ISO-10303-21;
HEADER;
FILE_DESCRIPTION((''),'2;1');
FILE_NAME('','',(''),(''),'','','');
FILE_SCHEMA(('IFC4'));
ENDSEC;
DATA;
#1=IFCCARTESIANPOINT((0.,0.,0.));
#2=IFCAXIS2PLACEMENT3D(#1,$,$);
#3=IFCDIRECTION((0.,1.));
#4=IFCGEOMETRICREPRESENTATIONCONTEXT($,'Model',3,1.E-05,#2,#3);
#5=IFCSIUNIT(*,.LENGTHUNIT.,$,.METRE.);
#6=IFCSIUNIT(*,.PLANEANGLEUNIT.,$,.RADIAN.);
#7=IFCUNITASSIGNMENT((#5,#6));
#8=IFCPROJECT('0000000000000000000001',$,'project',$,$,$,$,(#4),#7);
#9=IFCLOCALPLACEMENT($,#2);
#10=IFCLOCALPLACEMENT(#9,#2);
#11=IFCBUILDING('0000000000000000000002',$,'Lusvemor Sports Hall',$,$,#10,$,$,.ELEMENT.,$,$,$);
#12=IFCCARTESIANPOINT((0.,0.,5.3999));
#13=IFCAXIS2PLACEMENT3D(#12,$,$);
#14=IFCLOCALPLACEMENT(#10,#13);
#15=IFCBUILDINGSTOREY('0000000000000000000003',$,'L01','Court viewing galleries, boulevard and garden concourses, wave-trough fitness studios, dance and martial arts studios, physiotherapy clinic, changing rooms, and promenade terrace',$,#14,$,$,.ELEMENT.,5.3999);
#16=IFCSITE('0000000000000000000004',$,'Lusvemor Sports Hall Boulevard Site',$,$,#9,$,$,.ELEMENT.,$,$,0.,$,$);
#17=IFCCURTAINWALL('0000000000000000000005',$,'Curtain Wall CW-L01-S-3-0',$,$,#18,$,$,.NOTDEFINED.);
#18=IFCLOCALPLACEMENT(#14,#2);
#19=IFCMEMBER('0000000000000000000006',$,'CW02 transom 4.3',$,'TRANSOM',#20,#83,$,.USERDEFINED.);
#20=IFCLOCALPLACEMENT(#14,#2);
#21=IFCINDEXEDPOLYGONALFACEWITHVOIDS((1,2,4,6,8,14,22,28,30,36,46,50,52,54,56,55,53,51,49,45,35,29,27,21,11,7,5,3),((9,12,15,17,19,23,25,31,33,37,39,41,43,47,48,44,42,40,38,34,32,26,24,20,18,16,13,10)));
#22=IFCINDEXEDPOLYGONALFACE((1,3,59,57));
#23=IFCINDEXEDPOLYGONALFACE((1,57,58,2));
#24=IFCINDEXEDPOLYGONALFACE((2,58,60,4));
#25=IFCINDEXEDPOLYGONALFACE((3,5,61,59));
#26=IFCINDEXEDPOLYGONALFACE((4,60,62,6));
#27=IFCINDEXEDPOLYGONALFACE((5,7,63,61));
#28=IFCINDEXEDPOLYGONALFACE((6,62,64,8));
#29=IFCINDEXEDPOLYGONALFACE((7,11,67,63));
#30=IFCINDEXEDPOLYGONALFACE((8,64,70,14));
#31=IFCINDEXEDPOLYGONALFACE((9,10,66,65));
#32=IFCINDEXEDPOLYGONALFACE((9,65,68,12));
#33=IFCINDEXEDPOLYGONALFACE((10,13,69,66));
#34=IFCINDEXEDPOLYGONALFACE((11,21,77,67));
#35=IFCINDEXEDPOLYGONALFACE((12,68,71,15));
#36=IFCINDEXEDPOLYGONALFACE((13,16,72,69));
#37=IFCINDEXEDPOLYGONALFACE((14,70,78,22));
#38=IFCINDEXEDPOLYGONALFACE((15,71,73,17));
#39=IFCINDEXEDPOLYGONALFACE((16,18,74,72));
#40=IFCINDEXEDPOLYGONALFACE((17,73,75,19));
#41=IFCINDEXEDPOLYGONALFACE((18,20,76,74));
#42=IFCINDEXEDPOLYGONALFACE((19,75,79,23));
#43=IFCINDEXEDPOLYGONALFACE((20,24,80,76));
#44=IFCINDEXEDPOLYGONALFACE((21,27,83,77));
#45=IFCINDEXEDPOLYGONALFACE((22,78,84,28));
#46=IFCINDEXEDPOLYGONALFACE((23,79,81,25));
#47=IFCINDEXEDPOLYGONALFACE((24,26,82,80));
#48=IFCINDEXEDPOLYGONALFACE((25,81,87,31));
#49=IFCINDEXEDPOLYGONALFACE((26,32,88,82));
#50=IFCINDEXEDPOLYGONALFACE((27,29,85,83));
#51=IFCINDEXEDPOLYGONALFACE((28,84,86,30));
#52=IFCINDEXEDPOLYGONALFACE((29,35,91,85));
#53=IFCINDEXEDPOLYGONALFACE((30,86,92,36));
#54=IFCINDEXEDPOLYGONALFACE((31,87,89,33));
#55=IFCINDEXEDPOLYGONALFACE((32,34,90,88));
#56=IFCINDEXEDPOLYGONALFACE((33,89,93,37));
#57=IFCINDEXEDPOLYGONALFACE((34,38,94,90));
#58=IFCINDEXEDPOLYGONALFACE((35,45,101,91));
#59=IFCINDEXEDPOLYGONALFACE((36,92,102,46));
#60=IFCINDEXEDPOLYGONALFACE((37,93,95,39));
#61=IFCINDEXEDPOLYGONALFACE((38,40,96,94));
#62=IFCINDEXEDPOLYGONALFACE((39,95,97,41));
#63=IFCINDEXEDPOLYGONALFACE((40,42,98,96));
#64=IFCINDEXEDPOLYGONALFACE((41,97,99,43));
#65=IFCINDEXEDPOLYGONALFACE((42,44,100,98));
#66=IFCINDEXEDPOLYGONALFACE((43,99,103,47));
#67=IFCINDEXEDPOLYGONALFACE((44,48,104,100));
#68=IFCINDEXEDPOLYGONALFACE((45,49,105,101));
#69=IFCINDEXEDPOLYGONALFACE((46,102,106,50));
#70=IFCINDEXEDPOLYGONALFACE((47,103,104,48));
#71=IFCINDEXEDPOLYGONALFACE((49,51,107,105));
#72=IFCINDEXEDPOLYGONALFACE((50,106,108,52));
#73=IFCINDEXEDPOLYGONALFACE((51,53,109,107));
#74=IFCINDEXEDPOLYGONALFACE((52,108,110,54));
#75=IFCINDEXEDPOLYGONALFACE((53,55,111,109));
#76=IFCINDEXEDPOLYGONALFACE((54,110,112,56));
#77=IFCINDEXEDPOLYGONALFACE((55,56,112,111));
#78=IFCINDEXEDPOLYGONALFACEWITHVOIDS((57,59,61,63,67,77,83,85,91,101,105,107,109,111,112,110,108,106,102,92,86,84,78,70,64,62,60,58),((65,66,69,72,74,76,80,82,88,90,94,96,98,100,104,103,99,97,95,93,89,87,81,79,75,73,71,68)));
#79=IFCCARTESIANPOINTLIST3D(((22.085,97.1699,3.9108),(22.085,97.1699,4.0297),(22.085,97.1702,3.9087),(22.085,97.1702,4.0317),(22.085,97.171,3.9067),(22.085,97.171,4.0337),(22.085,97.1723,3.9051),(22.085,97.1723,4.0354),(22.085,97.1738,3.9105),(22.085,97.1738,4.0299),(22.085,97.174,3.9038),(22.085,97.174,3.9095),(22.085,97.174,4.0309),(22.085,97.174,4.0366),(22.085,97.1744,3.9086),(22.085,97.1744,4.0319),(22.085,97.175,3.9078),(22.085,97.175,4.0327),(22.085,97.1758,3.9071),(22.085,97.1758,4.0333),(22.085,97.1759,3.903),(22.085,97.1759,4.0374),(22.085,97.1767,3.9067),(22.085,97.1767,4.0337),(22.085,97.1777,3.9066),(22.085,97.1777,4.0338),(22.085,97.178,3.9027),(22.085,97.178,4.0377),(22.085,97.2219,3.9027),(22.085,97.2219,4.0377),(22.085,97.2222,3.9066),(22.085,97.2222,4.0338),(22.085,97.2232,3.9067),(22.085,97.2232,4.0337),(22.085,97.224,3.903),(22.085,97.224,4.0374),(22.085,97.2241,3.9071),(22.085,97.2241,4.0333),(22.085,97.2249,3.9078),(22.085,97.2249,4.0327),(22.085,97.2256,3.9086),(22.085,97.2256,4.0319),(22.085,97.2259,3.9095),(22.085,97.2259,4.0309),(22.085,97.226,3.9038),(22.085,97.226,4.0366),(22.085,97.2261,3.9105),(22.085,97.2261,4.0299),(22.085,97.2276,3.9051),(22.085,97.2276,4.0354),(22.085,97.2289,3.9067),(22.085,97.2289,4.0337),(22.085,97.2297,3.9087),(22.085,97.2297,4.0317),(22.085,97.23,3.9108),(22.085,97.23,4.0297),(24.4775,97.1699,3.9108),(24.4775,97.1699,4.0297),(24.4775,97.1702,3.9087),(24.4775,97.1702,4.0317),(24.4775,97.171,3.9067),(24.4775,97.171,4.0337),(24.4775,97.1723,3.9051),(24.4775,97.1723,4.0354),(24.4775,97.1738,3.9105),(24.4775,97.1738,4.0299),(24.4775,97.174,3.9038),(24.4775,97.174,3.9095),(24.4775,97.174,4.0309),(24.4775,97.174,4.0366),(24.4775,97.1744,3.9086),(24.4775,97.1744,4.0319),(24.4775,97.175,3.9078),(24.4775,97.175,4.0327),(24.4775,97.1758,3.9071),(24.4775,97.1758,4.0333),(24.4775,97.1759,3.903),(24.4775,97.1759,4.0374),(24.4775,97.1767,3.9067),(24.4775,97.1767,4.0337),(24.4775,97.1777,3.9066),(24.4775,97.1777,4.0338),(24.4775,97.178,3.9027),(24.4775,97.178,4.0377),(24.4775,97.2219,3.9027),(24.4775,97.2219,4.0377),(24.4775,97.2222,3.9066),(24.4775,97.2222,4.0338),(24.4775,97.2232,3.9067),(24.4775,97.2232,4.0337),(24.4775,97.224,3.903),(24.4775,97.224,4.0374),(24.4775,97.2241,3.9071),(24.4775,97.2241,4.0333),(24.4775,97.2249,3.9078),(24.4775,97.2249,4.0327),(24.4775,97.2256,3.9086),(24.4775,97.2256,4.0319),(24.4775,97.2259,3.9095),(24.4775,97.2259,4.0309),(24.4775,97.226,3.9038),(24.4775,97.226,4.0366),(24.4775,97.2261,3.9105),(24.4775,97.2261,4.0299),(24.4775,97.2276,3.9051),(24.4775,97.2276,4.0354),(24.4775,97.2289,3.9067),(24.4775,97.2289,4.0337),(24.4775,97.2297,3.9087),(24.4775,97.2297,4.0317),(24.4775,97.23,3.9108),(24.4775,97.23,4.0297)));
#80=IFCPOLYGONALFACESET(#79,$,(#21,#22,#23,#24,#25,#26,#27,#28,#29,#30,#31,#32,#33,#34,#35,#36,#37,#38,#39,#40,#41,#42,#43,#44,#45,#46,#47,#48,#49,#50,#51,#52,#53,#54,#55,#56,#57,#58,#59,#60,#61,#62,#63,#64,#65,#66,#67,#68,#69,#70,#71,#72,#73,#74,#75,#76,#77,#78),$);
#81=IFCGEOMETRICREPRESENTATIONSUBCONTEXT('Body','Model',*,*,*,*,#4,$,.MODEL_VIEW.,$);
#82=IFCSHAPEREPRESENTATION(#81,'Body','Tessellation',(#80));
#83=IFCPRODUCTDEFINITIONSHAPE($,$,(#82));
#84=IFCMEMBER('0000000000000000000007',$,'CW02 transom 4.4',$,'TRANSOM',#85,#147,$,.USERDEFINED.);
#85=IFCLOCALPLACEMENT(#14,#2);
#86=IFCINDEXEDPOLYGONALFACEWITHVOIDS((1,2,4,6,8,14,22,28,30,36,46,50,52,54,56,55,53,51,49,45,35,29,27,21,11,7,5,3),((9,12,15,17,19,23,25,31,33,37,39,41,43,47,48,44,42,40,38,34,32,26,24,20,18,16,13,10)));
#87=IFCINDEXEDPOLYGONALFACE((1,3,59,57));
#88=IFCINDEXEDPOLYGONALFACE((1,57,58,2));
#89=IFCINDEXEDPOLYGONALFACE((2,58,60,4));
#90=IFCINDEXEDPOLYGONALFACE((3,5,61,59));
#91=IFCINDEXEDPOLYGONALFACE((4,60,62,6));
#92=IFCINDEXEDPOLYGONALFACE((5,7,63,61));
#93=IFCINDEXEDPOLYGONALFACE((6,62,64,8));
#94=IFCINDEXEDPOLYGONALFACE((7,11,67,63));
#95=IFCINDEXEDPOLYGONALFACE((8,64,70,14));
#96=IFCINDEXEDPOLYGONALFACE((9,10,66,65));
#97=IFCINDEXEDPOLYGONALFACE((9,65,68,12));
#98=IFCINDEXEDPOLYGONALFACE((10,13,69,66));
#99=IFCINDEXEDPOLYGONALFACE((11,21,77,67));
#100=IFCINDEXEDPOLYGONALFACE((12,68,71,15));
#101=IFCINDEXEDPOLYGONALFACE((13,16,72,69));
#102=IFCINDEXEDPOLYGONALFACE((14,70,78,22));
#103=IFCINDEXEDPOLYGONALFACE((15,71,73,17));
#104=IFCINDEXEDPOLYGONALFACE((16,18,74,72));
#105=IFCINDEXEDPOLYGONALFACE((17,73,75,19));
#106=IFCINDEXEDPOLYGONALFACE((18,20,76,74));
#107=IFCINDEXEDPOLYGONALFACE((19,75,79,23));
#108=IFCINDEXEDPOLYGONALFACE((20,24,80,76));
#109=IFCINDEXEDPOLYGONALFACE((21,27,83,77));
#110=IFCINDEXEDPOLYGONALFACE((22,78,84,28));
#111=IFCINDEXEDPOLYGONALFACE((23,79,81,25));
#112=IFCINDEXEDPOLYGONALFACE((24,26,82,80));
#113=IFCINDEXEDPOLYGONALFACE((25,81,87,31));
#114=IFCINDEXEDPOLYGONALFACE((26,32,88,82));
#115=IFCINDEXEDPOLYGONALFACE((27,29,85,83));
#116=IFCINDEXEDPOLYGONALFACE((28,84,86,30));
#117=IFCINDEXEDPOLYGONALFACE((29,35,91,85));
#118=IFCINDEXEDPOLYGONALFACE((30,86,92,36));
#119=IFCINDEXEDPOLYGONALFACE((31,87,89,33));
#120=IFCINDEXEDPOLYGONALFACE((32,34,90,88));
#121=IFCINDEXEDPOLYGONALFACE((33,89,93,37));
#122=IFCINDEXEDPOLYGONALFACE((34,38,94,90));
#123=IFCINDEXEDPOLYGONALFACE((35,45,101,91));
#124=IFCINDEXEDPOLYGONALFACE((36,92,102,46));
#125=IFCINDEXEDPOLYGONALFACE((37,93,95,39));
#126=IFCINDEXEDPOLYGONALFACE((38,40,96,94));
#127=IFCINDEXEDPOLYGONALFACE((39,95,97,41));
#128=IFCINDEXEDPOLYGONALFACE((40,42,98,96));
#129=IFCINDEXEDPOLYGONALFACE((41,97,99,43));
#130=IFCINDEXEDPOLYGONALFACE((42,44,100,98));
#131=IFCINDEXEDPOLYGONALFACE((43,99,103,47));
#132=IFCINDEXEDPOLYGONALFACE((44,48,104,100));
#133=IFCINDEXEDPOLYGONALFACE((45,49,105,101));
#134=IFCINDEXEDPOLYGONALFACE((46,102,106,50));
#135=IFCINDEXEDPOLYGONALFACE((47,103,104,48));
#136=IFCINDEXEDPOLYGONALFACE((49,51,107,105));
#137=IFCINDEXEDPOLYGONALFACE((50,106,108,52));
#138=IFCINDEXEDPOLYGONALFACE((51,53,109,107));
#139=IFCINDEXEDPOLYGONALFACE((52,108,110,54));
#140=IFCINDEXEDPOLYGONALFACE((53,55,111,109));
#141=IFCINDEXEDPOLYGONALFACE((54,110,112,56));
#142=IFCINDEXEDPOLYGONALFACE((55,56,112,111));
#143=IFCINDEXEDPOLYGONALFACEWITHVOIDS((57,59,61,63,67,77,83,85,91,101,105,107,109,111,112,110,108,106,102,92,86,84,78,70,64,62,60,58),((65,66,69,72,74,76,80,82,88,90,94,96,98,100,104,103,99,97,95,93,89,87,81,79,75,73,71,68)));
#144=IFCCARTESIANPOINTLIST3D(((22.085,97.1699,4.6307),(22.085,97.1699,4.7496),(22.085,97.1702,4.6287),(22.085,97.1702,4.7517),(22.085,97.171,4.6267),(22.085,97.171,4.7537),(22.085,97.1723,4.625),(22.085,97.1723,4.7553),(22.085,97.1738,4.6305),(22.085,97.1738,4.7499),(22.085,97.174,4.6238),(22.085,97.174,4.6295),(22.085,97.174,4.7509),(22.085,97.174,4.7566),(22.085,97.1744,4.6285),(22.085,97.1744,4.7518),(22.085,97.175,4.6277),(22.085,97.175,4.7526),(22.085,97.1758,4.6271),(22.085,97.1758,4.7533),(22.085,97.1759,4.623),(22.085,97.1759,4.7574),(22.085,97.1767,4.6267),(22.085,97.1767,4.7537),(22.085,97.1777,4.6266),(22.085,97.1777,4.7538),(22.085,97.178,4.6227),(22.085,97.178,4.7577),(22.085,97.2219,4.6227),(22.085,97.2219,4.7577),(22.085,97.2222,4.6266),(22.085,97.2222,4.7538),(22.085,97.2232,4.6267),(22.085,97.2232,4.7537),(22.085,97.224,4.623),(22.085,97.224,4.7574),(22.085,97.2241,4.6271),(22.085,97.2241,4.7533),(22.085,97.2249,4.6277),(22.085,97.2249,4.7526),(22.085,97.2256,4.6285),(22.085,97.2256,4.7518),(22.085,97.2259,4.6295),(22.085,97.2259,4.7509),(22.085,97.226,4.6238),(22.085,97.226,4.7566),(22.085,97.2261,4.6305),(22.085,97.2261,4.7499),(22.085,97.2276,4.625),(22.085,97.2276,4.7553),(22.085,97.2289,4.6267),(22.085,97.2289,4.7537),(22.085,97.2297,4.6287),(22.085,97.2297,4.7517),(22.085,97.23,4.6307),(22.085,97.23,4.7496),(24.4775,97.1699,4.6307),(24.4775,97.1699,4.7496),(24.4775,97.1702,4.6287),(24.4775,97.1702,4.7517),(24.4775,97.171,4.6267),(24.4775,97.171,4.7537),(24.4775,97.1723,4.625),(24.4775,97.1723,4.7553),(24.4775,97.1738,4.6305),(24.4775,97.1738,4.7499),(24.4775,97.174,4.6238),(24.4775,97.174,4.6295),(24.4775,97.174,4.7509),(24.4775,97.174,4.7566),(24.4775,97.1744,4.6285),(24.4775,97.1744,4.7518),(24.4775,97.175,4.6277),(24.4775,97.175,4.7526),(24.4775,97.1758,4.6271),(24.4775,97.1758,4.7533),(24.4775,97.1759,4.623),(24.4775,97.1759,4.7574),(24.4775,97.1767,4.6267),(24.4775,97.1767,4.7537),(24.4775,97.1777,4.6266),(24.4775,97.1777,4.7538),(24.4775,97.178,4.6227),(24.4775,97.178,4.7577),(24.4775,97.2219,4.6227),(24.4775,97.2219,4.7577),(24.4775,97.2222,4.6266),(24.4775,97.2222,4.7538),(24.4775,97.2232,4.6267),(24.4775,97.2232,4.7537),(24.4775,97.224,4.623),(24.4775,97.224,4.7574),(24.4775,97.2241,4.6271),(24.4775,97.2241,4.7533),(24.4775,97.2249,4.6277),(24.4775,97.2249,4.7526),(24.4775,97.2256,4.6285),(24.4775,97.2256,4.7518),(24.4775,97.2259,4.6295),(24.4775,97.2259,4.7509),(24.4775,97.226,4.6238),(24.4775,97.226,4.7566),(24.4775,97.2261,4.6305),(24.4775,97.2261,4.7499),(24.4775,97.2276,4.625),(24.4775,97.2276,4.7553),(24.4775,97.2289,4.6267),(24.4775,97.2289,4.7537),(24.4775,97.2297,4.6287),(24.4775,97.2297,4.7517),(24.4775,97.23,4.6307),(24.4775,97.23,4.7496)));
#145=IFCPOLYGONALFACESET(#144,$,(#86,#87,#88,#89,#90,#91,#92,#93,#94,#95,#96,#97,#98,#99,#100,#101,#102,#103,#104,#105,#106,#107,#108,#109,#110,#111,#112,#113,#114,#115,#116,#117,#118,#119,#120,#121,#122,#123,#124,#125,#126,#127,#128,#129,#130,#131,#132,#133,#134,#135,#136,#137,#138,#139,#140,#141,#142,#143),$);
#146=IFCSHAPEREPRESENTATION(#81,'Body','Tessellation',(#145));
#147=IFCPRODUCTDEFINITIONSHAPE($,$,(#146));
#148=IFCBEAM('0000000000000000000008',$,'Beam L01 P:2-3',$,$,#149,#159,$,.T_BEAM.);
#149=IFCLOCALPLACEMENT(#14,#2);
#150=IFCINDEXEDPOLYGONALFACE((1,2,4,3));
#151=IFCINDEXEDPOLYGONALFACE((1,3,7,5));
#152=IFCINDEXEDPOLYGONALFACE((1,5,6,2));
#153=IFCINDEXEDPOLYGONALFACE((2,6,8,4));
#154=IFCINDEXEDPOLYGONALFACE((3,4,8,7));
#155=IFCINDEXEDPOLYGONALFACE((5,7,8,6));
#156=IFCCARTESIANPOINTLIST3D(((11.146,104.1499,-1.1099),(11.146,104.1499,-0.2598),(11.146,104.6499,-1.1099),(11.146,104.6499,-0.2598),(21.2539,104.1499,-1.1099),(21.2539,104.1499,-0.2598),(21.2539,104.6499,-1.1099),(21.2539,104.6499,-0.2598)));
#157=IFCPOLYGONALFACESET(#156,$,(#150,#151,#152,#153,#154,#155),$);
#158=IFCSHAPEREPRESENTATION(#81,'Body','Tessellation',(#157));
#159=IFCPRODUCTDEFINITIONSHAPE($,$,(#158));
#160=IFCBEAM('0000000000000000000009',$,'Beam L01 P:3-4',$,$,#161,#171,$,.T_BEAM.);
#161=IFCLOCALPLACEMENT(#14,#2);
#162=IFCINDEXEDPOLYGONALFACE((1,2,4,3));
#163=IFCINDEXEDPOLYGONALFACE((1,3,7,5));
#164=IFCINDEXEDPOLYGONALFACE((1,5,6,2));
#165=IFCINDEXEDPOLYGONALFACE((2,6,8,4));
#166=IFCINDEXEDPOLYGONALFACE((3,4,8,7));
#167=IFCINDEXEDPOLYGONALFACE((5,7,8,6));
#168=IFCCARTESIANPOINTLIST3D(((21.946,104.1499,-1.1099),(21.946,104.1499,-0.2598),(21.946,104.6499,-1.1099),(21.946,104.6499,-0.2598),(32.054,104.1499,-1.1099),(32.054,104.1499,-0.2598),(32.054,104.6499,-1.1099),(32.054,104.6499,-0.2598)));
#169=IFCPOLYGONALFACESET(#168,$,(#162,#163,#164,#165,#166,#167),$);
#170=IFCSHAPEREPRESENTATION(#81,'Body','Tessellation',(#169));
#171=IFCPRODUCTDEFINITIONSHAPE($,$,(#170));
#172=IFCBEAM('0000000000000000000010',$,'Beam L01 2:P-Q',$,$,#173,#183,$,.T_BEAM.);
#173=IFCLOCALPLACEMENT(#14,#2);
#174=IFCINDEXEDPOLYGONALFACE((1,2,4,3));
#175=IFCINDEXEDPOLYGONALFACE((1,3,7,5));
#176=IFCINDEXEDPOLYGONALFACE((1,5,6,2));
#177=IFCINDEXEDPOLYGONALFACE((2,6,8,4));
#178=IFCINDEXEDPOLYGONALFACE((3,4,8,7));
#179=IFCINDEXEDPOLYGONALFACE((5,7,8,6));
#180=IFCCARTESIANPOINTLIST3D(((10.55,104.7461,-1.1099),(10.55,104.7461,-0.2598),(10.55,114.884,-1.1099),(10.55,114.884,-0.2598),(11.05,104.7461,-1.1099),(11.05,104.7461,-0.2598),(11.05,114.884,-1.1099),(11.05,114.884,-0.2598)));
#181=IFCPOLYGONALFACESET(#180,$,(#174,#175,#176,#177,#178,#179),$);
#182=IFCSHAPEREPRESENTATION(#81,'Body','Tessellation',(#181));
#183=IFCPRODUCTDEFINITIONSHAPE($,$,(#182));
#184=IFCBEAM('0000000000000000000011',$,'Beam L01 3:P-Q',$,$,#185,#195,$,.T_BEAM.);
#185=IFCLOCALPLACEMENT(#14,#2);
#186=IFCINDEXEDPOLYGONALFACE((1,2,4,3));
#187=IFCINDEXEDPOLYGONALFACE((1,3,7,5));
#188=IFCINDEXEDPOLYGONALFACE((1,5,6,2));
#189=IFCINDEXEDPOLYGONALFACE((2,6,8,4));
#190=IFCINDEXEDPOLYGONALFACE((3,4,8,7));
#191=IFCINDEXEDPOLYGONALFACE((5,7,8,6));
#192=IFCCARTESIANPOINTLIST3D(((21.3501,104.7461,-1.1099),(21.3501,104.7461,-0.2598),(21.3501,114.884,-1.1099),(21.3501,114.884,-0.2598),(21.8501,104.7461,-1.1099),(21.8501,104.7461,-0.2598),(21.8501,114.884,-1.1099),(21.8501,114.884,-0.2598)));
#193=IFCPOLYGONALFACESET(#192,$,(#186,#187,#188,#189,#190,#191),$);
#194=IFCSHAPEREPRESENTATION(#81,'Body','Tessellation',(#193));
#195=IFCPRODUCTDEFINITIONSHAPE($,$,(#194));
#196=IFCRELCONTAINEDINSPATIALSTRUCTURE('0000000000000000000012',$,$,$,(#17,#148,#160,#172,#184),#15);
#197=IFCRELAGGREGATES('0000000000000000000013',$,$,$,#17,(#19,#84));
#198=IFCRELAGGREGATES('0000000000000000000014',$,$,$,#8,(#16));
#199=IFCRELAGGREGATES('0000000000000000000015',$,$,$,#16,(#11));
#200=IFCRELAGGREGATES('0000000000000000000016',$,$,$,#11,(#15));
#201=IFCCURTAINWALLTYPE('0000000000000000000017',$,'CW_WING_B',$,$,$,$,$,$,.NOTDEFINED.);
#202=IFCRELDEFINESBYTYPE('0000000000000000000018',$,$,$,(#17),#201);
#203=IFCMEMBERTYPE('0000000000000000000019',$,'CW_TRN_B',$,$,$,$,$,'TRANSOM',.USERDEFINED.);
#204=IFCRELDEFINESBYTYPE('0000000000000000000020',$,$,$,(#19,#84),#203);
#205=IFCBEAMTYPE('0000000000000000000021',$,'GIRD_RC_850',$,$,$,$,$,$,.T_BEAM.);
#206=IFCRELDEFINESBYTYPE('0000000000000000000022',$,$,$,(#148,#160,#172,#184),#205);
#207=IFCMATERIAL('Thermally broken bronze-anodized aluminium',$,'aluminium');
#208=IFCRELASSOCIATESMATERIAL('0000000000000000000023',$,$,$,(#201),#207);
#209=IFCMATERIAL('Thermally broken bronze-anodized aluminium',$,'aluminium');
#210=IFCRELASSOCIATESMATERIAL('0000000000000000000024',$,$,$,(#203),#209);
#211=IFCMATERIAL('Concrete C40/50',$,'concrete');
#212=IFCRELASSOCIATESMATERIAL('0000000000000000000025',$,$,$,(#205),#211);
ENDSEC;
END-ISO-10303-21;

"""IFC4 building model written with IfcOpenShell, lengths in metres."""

from ifc_helpers import new_model, si_unit, direction, frame, origin, origin_2d, place, context, subcontext, project, spatial, rectangle, hollow_rectangle, extrude, material, material_profile, profile_set, type_object, element, aggregate, save


model = new_model("IFC4")

# Units and contexts
model_context = context("Model", 3, precision=1e-05, world=origin(), true_north=direction((0.0, 1.0)))
body_context = subcontext(model_context, "Body", "Model", "MODEL_VIEW")
ifc_project = project(units=[si_unit("LENGTHUNIT", "METRE"), si_unit("PLANEANGLEUNIT", "RADIAN")], contexts=[model_context])

# Site, building, storey
site_placement = place(None, origin())
site = spatial("IfcSite", under=ifc_project, at=site_placement, Name="Lusvemor Sports Hall Boulevard Site", CompositionType="ELEMENT", RefElevation=0.0)
building_placement = place(site_placement, origin())
building = spatial("IfcBuilding", under=site, at=building_placement, Name="Lusvemor Sports Hall", CompositionType="ELEMENT")
storey_placement = place(building_placement, frame((0.0, 0.0, 5.3999)))
storey = spatial("IfcBuildingStorey", under=building, at=storey_placement, Name="L01", Description="Court viewing galleries, boulevard and garden concourses, wave-trough fitness studios, dance and martial arts studios, physiotherapy clinic, changing rooms, and promenade terrace", CompositionType="ELEMENT", Elevation=5.3999)

# Curtain wall
ifc_material_1 = material(Name="Thermally broken bronze-anodized aluminium", Category="aluminium")
curtain_wall_type = type_object("IfcCurtainWallType", Name="CW_WING_B", PredefinedType="NOTDEFINED", material=ifc_material_1)
curtain_wall_1_placement = place(storey_placement, origin())
curtain_wall_1 = element("IfcCurtainWall", 1, at=curtain_wall_1_placement, inside=storey, type_object=curtain_wall_type, Name="Curtain Wall CW-L01-S-3-0", PredefinedType="NOTDEFINED")

# Members
ifc_material_2 = material(Name="Thermally broken bronze-anodized aluminium", Category="aluminium")
ifc_material_profile_1 = material_profile(ifc_material_2, hollow_rectangle(XDim=0.0601, YDim=0.135, WallThickness=0.0039, InnerFilletRadius=0.0039, OuterFilletRadius=0.0081, at=origin_2d()), Name="CWTRN135x60x4")
ifc_profile_set_1 = profile_set([ifc_material_profile_1], Name="Thermally broken bronze-anodized aluminium")
member_type_1 = type_object("IfcMemberType", Name="CW_TRN_B", ElementType="TRANSOM", PredefinedType="USERDEFINED", material=ifc_profile_set_1)
member_1_placement = place(storey_placement, frame((24.4775, 97.2, 3.9702), z_axis=(-1.0, 0.0, 0.0), x_axis=(0.0, -1.0, 0.0)))
member_1 = element("IfcMember", 2, at=member_1_placement, type_object=member_type_1, Name="CW02 transom 4.3", ObjectType="TRANSOM", PredefinedType="USERDEFINED", context=body_context, shape_type="SweptSolid", body=[
    extrude(hollow_rectangle(XDim=0.0601, YDim=0.135, WallThickness=0.0039, InnerFilletRadius=0.0039, OuterFilletRadius=0.0081, at=origin_2d()), origin(), (0.0, 0.0, 1.0), 2.3926),
])
member_2_placement = place(storey_placement, frame((24.4775, 97.2, 4.6902), z_axis=(-1.0, 0.0, 0.0), x_axis=(0.0, -1.0, 0.0)))
member_2 = element("IfcMember", 3, at=member_2_placement, type_object=member_type_1, Name="CW02 transom 4.4", ObjectType="TRANSOM", PredefinedType="USERDEFINED", context=body_context, shape_type="SweptSolid", body=[
    extrude(hollow_rectangle(XDim=0.0601, YDim=0.135, WallThickness=0.0039, InnerFilletRadius=0.0039, OuterFilletRadius=0.0081, at=origin_2d()), origin(), (0.0, 0.0, 1.0), 2.3926),
])
aggregate(curtain_wall_1, [member_1, member_2])

# Beams
ifc_material_3 = material(Name="Concrete C40/50", Category="concrete")
ifc_material_profile_2 = material_profile(ifc_material_3, rectangle(XDim=0.5, YDim=0.8501, at=origin_2d()), Name="RC500x850")
ifc_profile_set_2 = profile_set([ifc_material_profile_2], Name="Concrete C40/50")
beam_type_1 = type_object("IfcBeamType", Name="GIRD_RC_850", PredefinedType="T_BEAM", material=ifc_profile_set_2)
for number, where, z_axis, x_axis, name in (
    (4, (11.146, 104.3999, -0.6848), (1.0, 0.0, 0.0), (0.0, 1.0, 0.0), "Beam L01 P:2-3"),
    (5, (21.946, 104.3999, -0.6848), (1.0, 0.0, 0.0), (0.0, 1.0, 0.0), "Beam L01 P:3-4"),
):
    element("IfcBeam", number, at=place(storey_placement, frame(where, z_axis=z_axis, x_axis=x_axis)), inside=storey, type_object=beam_type_1, Name=name, PredefinedType="T_BEAM", context=body_context, shape_type="SweptSolid", body=[
        extrude(rectangle(XDim=0.5, YDim=0.8501, at=origin_2d()), origin(), (0.0, 0.0, 1.0), 10.1079),
    ])
for number, where, z_axis, x_axis, name in (
    (6, (10.8, 104.7461, -0.6848), (0.0, 1.0, 0.0), (-1.0, 0.0, 0.0), "Beam L01 2:P-Q"),
    (7, (21.6001, 104.7461, -0.6848), (0.0, 1.0, 0.0), (-1.0, 0.0, 0.0), "Beam L01 3:P-Q"),
):
    element("IfcBeam", number, at=place(storey_placement, frame(where, z_axis=z_axis, x_axis=x_axis)), inside=storey, type_object=beam_type_1, Name=name, PredefinedType="T_BEAM", context=body_context, shape_type="SweptSolid", body=[
        extrude(rectangle(XDim=0.5, YDim=0.8501, at=origin_2d()), origin(), (0.0, 0.0, 1.0), 10.1379),
    ])

save(model, "model.ifc")
